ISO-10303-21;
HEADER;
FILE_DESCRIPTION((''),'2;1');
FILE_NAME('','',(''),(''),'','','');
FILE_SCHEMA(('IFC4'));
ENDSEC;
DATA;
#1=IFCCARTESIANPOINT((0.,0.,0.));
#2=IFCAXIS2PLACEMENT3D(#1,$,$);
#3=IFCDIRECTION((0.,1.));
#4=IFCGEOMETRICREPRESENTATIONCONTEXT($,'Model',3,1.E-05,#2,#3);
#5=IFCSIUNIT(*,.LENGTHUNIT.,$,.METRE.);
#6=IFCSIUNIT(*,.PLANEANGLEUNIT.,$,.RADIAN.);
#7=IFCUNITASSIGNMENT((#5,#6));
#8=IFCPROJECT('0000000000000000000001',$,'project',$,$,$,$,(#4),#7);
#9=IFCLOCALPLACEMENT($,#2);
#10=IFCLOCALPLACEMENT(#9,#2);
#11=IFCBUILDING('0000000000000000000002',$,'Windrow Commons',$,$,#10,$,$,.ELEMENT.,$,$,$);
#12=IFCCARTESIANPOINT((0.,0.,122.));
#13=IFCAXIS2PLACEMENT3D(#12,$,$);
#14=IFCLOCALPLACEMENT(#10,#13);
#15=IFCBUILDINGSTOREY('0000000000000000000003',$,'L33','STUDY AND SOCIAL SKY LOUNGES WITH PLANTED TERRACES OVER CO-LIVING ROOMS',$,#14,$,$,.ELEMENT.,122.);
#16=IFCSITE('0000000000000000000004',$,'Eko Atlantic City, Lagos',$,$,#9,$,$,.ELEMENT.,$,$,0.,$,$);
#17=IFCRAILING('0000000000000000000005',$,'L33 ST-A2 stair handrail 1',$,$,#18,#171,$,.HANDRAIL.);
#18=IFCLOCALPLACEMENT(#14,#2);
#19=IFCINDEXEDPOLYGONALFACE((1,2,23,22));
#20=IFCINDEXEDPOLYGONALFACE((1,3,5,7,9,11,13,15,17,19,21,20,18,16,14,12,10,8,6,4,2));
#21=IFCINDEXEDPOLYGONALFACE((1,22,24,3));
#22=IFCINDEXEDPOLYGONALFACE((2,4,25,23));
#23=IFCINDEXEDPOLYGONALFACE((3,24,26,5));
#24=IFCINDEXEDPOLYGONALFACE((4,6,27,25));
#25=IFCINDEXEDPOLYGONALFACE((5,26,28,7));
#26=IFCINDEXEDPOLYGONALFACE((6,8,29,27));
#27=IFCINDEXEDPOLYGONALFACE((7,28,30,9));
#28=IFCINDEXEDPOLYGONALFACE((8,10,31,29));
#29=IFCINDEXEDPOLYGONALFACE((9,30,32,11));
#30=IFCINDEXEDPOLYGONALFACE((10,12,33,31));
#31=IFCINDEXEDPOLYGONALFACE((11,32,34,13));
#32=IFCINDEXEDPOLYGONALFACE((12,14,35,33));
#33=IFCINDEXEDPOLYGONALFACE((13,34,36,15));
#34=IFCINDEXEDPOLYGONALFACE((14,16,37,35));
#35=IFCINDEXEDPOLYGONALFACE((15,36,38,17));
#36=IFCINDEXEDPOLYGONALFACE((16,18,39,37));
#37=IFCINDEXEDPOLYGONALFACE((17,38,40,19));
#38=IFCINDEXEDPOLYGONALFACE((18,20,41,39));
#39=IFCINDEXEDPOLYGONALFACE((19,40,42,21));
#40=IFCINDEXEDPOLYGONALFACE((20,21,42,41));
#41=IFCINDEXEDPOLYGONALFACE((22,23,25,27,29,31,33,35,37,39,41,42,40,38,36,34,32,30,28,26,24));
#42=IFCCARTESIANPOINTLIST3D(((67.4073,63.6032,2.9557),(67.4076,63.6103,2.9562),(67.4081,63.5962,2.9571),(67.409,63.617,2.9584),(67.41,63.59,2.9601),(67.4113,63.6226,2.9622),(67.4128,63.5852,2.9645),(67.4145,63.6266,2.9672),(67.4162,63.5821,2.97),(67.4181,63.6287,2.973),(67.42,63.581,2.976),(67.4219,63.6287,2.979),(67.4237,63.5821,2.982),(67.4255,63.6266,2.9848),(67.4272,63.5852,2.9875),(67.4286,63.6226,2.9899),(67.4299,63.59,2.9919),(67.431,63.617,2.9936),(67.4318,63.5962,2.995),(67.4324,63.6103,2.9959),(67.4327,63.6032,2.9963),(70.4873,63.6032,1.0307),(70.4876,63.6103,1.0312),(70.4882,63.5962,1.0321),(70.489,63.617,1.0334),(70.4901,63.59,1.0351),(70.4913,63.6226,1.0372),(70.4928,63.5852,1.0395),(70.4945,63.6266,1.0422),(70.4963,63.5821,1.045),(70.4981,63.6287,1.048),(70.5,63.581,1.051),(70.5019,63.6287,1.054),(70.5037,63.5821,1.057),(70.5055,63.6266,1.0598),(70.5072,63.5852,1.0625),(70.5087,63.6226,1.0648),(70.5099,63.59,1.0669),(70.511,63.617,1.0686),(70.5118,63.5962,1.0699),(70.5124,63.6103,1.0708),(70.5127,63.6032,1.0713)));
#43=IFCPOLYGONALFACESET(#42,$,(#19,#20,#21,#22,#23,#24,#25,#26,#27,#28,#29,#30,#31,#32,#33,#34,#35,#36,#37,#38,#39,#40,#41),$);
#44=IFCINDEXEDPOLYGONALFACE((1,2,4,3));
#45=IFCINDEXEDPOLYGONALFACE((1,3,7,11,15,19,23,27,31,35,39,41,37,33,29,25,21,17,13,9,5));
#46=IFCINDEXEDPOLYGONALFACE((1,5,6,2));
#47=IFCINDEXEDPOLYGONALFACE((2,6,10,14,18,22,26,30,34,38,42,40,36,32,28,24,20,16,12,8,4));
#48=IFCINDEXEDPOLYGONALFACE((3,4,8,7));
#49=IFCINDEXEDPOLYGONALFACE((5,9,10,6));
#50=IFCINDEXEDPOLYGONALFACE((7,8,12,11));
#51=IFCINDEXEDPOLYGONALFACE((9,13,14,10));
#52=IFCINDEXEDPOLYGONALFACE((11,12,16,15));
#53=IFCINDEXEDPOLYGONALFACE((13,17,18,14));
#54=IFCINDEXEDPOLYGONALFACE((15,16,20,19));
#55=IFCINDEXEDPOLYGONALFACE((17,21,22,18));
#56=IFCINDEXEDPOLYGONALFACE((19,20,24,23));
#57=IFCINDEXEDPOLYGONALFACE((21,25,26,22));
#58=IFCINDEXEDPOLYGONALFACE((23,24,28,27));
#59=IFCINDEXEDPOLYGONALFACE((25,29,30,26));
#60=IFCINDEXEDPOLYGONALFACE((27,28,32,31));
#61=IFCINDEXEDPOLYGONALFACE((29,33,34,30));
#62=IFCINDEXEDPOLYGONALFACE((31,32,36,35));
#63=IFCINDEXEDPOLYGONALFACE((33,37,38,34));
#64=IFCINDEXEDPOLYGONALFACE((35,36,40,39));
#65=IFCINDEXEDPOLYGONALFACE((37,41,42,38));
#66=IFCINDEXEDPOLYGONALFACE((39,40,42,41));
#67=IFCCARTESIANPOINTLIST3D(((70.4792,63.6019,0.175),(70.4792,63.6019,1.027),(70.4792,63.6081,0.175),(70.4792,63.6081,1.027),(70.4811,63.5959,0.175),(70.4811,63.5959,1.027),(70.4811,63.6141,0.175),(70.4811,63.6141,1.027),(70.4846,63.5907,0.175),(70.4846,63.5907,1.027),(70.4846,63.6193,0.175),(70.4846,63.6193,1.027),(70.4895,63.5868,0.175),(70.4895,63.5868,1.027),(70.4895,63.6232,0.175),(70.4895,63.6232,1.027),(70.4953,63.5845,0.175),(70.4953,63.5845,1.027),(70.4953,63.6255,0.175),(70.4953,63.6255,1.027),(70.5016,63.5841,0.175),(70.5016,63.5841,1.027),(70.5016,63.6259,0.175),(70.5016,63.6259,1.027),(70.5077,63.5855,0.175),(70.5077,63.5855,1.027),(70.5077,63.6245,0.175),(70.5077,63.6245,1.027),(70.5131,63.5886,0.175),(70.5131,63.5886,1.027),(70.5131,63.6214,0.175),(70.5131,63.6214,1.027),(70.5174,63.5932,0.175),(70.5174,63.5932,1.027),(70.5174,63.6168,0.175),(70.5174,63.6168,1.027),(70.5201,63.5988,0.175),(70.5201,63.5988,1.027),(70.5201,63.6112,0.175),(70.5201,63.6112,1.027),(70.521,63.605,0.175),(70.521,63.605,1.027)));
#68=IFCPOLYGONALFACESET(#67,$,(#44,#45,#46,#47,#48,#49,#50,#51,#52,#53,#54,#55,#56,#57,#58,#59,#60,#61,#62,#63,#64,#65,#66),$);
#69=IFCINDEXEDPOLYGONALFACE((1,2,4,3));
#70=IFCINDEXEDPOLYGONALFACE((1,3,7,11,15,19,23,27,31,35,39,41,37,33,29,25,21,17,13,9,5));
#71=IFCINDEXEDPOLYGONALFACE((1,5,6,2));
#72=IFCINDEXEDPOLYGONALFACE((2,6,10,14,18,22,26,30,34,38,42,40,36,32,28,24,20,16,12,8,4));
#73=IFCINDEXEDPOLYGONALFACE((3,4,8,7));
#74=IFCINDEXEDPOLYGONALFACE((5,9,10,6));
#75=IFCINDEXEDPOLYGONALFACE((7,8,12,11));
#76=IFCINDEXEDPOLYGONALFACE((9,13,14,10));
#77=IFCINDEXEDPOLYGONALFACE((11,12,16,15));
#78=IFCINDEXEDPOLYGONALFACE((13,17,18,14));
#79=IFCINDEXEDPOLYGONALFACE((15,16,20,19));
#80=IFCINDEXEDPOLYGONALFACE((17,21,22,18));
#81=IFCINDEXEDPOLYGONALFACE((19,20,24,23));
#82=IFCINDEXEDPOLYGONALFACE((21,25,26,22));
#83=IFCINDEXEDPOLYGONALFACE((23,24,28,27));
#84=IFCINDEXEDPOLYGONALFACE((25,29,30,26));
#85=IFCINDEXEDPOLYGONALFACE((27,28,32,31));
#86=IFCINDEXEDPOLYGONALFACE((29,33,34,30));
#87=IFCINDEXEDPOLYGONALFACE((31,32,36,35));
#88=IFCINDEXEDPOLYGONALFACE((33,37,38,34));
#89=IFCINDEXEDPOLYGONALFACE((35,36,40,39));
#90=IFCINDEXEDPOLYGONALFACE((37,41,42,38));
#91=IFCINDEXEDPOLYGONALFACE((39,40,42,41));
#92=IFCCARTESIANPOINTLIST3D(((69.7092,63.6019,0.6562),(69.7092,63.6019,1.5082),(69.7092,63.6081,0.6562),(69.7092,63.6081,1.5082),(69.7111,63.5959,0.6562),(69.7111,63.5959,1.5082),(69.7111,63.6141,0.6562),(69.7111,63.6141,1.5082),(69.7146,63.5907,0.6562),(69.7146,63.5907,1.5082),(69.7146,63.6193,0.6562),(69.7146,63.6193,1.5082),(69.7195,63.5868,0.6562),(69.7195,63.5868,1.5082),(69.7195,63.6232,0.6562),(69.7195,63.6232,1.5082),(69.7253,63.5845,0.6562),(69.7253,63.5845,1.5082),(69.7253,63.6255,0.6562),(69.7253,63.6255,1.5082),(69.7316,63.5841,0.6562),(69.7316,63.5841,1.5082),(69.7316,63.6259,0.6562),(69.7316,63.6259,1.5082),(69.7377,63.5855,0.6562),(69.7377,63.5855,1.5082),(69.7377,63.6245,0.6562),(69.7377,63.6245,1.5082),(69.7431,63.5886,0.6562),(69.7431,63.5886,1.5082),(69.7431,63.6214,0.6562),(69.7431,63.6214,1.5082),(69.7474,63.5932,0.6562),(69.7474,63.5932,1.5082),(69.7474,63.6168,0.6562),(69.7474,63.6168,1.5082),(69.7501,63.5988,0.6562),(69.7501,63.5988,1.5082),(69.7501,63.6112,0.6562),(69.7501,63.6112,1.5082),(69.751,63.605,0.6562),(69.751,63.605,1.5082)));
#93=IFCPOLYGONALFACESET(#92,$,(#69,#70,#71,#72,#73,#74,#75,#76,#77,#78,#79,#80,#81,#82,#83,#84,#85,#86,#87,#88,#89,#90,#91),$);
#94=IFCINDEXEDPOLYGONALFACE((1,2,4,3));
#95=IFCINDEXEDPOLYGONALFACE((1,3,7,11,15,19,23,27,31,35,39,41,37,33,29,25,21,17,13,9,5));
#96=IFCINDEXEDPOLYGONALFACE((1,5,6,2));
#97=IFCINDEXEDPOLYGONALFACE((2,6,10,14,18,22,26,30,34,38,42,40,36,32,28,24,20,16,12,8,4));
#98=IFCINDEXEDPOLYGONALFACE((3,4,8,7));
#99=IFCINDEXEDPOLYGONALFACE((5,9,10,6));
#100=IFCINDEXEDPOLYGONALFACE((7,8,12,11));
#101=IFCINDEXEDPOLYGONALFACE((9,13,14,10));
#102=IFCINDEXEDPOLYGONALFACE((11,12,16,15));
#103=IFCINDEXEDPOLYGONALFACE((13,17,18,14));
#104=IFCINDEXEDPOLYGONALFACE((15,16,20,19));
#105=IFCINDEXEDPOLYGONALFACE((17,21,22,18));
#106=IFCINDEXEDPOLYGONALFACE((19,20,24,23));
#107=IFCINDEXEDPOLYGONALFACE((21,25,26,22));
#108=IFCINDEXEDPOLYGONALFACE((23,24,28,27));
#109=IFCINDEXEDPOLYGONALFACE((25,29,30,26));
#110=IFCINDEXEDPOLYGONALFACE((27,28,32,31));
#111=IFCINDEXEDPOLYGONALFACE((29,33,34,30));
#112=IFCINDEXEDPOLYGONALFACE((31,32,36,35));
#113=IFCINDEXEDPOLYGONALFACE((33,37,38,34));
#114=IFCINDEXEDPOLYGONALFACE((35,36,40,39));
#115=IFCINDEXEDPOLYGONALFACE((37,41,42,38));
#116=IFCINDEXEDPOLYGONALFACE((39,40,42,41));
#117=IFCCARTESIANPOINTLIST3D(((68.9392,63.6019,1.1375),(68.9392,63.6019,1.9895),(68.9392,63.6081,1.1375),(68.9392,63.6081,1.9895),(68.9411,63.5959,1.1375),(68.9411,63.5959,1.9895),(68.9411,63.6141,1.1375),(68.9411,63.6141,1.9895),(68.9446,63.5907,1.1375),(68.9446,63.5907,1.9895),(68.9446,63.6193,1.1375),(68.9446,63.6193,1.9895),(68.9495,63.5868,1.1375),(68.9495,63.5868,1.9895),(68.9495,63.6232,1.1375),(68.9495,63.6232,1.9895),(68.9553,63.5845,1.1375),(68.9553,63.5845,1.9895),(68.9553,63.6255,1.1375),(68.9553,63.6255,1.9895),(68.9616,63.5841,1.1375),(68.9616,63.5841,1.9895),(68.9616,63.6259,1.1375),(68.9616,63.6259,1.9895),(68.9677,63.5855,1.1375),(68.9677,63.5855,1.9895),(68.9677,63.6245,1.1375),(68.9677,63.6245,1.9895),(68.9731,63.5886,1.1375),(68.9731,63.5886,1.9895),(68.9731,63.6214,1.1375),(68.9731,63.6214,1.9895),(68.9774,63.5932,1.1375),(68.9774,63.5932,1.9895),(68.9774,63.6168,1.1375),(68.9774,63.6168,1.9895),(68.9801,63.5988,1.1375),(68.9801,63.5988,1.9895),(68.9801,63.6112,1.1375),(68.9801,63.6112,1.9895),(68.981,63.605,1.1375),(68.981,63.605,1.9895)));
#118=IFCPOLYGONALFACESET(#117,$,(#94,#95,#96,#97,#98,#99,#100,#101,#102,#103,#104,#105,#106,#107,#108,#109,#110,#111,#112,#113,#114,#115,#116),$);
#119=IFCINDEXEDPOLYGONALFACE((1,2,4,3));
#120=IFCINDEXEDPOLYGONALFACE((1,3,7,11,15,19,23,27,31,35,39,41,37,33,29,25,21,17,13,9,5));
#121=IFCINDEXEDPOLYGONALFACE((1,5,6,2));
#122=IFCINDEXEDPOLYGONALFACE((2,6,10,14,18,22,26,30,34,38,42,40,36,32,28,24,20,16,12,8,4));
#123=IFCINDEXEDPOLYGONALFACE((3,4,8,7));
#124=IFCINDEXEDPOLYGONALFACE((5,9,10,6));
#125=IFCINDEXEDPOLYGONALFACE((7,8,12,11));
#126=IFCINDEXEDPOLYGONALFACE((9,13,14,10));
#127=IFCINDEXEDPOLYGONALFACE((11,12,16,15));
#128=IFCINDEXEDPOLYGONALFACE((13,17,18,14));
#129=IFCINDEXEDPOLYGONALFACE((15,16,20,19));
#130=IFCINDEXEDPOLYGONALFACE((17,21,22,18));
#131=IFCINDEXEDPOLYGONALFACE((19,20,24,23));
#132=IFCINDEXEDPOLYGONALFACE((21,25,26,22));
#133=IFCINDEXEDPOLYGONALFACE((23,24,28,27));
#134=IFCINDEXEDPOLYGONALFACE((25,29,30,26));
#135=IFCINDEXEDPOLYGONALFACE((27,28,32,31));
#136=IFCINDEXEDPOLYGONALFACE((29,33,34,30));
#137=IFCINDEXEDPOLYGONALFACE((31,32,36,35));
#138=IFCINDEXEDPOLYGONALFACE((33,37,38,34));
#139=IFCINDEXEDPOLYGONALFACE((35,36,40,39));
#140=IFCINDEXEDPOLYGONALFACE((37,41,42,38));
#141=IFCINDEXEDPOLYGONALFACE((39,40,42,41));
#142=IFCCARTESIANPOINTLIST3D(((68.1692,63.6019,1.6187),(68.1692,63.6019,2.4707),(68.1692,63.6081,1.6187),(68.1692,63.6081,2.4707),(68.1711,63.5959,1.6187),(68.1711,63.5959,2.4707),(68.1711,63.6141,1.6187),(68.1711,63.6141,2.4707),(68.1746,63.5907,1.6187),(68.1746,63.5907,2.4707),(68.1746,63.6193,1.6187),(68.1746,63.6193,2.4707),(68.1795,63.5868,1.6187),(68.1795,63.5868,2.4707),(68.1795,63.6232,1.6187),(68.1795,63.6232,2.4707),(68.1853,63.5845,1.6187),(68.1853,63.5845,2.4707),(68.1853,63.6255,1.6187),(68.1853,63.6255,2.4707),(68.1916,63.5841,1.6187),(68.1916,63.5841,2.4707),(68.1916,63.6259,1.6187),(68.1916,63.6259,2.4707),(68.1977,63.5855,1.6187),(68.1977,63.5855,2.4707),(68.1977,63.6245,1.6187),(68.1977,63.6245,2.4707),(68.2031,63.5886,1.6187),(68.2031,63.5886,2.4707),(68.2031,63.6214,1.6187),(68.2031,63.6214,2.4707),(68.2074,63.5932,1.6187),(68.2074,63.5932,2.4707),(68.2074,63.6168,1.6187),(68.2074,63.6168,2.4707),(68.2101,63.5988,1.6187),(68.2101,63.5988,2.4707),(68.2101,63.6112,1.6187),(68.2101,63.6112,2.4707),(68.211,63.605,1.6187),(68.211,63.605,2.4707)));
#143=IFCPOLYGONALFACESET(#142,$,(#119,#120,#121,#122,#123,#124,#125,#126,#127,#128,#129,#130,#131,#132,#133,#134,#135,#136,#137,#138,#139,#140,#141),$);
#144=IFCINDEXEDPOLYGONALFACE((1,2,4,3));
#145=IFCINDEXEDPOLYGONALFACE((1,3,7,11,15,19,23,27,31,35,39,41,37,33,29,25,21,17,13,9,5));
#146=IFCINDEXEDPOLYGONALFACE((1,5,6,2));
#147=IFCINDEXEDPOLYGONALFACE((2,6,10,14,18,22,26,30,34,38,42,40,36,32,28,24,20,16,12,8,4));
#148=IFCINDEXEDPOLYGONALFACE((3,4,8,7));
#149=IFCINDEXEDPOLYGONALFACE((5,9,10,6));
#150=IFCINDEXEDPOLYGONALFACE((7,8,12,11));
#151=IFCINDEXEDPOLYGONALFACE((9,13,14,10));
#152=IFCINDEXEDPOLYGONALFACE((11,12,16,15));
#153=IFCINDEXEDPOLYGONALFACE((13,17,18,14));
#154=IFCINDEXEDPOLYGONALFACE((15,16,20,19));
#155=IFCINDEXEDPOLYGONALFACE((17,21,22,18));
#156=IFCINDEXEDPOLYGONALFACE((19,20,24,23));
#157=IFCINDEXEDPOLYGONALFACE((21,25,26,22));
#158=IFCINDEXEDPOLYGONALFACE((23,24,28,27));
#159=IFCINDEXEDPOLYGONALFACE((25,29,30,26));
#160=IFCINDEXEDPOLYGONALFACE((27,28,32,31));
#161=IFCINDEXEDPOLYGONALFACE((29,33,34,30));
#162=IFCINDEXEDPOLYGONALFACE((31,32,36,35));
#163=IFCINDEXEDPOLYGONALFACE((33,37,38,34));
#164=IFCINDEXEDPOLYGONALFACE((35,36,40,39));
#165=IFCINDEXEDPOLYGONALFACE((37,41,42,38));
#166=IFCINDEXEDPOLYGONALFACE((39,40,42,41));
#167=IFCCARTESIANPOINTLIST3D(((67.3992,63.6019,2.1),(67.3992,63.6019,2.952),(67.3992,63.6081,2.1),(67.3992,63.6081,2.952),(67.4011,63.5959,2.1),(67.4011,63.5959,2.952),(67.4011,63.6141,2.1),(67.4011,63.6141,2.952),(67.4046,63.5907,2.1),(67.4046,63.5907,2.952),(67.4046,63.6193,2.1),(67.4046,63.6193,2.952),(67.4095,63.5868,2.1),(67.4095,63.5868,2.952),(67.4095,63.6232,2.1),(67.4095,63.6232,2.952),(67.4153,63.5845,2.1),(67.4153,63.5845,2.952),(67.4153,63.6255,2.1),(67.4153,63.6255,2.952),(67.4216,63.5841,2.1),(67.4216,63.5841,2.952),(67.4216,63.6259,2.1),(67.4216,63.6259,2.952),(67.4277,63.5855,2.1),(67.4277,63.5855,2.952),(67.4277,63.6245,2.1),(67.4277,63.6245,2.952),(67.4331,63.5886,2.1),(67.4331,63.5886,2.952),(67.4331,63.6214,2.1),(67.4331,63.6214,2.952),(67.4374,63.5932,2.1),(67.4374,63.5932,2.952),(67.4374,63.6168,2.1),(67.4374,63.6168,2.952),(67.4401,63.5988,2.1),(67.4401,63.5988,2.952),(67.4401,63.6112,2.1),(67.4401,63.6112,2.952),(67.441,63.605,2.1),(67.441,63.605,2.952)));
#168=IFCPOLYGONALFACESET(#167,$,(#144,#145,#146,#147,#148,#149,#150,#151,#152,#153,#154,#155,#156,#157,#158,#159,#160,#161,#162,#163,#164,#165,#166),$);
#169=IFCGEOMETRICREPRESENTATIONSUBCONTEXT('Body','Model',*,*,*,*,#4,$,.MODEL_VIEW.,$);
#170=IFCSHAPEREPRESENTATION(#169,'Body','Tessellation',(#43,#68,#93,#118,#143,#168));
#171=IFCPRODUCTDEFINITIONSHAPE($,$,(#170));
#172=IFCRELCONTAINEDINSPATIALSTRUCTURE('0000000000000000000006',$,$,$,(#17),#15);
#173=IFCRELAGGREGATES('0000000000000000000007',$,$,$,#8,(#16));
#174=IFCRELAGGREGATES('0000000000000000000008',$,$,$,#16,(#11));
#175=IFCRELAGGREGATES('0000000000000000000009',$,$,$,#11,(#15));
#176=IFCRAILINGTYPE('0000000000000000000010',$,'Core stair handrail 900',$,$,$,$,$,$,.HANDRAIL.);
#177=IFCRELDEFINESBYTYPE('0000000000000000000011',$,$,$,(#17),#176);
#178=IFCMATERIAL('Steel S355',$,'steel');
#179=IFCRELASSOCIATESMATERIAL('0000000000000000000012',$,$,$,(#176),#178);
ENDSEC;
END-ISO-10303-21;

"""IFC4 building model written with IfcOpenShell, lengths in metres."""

from ifc_helpers import new_model, si_unit, direction, frame, origin, origin_2d, place, context, subcontext, project, spatial, circle, extrude, material, type_object, element, save


model = new_model("IFC4")

# Units and contexts
model_context = context("Model", 3, precision=1e-05, world=origin(), true_north=direction((0.0, 1.0)))
body_context = subcontext(model_context, "Body", "Model", "MODEL_VIEW")
ifc_project = project(units=[si_unit("LENGTHUNIT", "METRE"), si_unit("PLANEANGLEUNIT", "RADIAN")], contexts=[model_context])

# Site, building, storey
site_placement = place(None, origin())
site = spatial("IfcSite", under=ifc_project, at=site_placement, Name="Eko Atlantic City, Lagos", CompositionType="ELEMENT", RefElevation=0.0)
building_placement = place(site_placement, origin())
building = spatial("IfcBuilding", under=site, at=building_placement, Name="Windrow Commons", CompositionType="ELEMENT")
storey_placement = place(building_placement, frame((0.0, 0.0, 122.0)))
storey = spatial("IfcBuildingStorey", under=building, at=storey_placement, Name="L33", Description="STUDY AND SOCIAL SKY LOUNGES WITH PLANTED TERRACES OVER CO-LIVING ROOMS", CompositionType="ELEMENT", Elevation=122.0)

# Railing
ifc_material_1 = material(Name="Steel S355", Category="steel")
railing_type_1 = type_object("IfcRailingType", Name="Core stair handrail 900", PredefinedType="HANDRAIL", material=ifc_material_1)
railing_1_placement = place(storey_placement, frame((70.5, 63.605, 0.175)))
element("IfcRailing", 1, at=railing_1_placement, inside=storey, type_object=railing_type_1, Name="L33 ST-A2 stair handrail 1", PredefinedType="HANDRAIL", context=body_context, shape_type="SweptSolid", body=[
    extrude(circle(Radius=0.024, at=origin_2d()), frame((0.0, 0.0, 0.876), z_axis=(-0.847998, 0.0, 0.529999), x_axis=(0.0, -1.0, 0.0)), (0.0, 0.0, 1.0), 3.6321),
    extrude(circle(Radius=0.021, at=origin_2d()), origin(), (0.0, 0.0, 1.0), 0.852),
    extrude(circle(Radius=0.021, at=origin_2d()), frame((-0.77, 0.0, 0.4812)), (0.0, 0.0, 1.0), 0.852),
    extrude(circle(Radius=0.021, at=origin_2d()), frame((-1.54, 0.0, 0.9625)), (0.0, 0.0, 1.0), 0.852),
    extrude(circle(Radius=0.021, at=origin_2d()), frame((-2.31, 0.0, 1.4437)), (0.0, 0.0, 1.0), 0.852),
    extrude(circle(Radius=0.021, at=origin_2d()), frame((-3.08, 0.0, 1.925)), (0.0, 0.0, 1.0), 0.852),
])

save(model, "model.ifc")
